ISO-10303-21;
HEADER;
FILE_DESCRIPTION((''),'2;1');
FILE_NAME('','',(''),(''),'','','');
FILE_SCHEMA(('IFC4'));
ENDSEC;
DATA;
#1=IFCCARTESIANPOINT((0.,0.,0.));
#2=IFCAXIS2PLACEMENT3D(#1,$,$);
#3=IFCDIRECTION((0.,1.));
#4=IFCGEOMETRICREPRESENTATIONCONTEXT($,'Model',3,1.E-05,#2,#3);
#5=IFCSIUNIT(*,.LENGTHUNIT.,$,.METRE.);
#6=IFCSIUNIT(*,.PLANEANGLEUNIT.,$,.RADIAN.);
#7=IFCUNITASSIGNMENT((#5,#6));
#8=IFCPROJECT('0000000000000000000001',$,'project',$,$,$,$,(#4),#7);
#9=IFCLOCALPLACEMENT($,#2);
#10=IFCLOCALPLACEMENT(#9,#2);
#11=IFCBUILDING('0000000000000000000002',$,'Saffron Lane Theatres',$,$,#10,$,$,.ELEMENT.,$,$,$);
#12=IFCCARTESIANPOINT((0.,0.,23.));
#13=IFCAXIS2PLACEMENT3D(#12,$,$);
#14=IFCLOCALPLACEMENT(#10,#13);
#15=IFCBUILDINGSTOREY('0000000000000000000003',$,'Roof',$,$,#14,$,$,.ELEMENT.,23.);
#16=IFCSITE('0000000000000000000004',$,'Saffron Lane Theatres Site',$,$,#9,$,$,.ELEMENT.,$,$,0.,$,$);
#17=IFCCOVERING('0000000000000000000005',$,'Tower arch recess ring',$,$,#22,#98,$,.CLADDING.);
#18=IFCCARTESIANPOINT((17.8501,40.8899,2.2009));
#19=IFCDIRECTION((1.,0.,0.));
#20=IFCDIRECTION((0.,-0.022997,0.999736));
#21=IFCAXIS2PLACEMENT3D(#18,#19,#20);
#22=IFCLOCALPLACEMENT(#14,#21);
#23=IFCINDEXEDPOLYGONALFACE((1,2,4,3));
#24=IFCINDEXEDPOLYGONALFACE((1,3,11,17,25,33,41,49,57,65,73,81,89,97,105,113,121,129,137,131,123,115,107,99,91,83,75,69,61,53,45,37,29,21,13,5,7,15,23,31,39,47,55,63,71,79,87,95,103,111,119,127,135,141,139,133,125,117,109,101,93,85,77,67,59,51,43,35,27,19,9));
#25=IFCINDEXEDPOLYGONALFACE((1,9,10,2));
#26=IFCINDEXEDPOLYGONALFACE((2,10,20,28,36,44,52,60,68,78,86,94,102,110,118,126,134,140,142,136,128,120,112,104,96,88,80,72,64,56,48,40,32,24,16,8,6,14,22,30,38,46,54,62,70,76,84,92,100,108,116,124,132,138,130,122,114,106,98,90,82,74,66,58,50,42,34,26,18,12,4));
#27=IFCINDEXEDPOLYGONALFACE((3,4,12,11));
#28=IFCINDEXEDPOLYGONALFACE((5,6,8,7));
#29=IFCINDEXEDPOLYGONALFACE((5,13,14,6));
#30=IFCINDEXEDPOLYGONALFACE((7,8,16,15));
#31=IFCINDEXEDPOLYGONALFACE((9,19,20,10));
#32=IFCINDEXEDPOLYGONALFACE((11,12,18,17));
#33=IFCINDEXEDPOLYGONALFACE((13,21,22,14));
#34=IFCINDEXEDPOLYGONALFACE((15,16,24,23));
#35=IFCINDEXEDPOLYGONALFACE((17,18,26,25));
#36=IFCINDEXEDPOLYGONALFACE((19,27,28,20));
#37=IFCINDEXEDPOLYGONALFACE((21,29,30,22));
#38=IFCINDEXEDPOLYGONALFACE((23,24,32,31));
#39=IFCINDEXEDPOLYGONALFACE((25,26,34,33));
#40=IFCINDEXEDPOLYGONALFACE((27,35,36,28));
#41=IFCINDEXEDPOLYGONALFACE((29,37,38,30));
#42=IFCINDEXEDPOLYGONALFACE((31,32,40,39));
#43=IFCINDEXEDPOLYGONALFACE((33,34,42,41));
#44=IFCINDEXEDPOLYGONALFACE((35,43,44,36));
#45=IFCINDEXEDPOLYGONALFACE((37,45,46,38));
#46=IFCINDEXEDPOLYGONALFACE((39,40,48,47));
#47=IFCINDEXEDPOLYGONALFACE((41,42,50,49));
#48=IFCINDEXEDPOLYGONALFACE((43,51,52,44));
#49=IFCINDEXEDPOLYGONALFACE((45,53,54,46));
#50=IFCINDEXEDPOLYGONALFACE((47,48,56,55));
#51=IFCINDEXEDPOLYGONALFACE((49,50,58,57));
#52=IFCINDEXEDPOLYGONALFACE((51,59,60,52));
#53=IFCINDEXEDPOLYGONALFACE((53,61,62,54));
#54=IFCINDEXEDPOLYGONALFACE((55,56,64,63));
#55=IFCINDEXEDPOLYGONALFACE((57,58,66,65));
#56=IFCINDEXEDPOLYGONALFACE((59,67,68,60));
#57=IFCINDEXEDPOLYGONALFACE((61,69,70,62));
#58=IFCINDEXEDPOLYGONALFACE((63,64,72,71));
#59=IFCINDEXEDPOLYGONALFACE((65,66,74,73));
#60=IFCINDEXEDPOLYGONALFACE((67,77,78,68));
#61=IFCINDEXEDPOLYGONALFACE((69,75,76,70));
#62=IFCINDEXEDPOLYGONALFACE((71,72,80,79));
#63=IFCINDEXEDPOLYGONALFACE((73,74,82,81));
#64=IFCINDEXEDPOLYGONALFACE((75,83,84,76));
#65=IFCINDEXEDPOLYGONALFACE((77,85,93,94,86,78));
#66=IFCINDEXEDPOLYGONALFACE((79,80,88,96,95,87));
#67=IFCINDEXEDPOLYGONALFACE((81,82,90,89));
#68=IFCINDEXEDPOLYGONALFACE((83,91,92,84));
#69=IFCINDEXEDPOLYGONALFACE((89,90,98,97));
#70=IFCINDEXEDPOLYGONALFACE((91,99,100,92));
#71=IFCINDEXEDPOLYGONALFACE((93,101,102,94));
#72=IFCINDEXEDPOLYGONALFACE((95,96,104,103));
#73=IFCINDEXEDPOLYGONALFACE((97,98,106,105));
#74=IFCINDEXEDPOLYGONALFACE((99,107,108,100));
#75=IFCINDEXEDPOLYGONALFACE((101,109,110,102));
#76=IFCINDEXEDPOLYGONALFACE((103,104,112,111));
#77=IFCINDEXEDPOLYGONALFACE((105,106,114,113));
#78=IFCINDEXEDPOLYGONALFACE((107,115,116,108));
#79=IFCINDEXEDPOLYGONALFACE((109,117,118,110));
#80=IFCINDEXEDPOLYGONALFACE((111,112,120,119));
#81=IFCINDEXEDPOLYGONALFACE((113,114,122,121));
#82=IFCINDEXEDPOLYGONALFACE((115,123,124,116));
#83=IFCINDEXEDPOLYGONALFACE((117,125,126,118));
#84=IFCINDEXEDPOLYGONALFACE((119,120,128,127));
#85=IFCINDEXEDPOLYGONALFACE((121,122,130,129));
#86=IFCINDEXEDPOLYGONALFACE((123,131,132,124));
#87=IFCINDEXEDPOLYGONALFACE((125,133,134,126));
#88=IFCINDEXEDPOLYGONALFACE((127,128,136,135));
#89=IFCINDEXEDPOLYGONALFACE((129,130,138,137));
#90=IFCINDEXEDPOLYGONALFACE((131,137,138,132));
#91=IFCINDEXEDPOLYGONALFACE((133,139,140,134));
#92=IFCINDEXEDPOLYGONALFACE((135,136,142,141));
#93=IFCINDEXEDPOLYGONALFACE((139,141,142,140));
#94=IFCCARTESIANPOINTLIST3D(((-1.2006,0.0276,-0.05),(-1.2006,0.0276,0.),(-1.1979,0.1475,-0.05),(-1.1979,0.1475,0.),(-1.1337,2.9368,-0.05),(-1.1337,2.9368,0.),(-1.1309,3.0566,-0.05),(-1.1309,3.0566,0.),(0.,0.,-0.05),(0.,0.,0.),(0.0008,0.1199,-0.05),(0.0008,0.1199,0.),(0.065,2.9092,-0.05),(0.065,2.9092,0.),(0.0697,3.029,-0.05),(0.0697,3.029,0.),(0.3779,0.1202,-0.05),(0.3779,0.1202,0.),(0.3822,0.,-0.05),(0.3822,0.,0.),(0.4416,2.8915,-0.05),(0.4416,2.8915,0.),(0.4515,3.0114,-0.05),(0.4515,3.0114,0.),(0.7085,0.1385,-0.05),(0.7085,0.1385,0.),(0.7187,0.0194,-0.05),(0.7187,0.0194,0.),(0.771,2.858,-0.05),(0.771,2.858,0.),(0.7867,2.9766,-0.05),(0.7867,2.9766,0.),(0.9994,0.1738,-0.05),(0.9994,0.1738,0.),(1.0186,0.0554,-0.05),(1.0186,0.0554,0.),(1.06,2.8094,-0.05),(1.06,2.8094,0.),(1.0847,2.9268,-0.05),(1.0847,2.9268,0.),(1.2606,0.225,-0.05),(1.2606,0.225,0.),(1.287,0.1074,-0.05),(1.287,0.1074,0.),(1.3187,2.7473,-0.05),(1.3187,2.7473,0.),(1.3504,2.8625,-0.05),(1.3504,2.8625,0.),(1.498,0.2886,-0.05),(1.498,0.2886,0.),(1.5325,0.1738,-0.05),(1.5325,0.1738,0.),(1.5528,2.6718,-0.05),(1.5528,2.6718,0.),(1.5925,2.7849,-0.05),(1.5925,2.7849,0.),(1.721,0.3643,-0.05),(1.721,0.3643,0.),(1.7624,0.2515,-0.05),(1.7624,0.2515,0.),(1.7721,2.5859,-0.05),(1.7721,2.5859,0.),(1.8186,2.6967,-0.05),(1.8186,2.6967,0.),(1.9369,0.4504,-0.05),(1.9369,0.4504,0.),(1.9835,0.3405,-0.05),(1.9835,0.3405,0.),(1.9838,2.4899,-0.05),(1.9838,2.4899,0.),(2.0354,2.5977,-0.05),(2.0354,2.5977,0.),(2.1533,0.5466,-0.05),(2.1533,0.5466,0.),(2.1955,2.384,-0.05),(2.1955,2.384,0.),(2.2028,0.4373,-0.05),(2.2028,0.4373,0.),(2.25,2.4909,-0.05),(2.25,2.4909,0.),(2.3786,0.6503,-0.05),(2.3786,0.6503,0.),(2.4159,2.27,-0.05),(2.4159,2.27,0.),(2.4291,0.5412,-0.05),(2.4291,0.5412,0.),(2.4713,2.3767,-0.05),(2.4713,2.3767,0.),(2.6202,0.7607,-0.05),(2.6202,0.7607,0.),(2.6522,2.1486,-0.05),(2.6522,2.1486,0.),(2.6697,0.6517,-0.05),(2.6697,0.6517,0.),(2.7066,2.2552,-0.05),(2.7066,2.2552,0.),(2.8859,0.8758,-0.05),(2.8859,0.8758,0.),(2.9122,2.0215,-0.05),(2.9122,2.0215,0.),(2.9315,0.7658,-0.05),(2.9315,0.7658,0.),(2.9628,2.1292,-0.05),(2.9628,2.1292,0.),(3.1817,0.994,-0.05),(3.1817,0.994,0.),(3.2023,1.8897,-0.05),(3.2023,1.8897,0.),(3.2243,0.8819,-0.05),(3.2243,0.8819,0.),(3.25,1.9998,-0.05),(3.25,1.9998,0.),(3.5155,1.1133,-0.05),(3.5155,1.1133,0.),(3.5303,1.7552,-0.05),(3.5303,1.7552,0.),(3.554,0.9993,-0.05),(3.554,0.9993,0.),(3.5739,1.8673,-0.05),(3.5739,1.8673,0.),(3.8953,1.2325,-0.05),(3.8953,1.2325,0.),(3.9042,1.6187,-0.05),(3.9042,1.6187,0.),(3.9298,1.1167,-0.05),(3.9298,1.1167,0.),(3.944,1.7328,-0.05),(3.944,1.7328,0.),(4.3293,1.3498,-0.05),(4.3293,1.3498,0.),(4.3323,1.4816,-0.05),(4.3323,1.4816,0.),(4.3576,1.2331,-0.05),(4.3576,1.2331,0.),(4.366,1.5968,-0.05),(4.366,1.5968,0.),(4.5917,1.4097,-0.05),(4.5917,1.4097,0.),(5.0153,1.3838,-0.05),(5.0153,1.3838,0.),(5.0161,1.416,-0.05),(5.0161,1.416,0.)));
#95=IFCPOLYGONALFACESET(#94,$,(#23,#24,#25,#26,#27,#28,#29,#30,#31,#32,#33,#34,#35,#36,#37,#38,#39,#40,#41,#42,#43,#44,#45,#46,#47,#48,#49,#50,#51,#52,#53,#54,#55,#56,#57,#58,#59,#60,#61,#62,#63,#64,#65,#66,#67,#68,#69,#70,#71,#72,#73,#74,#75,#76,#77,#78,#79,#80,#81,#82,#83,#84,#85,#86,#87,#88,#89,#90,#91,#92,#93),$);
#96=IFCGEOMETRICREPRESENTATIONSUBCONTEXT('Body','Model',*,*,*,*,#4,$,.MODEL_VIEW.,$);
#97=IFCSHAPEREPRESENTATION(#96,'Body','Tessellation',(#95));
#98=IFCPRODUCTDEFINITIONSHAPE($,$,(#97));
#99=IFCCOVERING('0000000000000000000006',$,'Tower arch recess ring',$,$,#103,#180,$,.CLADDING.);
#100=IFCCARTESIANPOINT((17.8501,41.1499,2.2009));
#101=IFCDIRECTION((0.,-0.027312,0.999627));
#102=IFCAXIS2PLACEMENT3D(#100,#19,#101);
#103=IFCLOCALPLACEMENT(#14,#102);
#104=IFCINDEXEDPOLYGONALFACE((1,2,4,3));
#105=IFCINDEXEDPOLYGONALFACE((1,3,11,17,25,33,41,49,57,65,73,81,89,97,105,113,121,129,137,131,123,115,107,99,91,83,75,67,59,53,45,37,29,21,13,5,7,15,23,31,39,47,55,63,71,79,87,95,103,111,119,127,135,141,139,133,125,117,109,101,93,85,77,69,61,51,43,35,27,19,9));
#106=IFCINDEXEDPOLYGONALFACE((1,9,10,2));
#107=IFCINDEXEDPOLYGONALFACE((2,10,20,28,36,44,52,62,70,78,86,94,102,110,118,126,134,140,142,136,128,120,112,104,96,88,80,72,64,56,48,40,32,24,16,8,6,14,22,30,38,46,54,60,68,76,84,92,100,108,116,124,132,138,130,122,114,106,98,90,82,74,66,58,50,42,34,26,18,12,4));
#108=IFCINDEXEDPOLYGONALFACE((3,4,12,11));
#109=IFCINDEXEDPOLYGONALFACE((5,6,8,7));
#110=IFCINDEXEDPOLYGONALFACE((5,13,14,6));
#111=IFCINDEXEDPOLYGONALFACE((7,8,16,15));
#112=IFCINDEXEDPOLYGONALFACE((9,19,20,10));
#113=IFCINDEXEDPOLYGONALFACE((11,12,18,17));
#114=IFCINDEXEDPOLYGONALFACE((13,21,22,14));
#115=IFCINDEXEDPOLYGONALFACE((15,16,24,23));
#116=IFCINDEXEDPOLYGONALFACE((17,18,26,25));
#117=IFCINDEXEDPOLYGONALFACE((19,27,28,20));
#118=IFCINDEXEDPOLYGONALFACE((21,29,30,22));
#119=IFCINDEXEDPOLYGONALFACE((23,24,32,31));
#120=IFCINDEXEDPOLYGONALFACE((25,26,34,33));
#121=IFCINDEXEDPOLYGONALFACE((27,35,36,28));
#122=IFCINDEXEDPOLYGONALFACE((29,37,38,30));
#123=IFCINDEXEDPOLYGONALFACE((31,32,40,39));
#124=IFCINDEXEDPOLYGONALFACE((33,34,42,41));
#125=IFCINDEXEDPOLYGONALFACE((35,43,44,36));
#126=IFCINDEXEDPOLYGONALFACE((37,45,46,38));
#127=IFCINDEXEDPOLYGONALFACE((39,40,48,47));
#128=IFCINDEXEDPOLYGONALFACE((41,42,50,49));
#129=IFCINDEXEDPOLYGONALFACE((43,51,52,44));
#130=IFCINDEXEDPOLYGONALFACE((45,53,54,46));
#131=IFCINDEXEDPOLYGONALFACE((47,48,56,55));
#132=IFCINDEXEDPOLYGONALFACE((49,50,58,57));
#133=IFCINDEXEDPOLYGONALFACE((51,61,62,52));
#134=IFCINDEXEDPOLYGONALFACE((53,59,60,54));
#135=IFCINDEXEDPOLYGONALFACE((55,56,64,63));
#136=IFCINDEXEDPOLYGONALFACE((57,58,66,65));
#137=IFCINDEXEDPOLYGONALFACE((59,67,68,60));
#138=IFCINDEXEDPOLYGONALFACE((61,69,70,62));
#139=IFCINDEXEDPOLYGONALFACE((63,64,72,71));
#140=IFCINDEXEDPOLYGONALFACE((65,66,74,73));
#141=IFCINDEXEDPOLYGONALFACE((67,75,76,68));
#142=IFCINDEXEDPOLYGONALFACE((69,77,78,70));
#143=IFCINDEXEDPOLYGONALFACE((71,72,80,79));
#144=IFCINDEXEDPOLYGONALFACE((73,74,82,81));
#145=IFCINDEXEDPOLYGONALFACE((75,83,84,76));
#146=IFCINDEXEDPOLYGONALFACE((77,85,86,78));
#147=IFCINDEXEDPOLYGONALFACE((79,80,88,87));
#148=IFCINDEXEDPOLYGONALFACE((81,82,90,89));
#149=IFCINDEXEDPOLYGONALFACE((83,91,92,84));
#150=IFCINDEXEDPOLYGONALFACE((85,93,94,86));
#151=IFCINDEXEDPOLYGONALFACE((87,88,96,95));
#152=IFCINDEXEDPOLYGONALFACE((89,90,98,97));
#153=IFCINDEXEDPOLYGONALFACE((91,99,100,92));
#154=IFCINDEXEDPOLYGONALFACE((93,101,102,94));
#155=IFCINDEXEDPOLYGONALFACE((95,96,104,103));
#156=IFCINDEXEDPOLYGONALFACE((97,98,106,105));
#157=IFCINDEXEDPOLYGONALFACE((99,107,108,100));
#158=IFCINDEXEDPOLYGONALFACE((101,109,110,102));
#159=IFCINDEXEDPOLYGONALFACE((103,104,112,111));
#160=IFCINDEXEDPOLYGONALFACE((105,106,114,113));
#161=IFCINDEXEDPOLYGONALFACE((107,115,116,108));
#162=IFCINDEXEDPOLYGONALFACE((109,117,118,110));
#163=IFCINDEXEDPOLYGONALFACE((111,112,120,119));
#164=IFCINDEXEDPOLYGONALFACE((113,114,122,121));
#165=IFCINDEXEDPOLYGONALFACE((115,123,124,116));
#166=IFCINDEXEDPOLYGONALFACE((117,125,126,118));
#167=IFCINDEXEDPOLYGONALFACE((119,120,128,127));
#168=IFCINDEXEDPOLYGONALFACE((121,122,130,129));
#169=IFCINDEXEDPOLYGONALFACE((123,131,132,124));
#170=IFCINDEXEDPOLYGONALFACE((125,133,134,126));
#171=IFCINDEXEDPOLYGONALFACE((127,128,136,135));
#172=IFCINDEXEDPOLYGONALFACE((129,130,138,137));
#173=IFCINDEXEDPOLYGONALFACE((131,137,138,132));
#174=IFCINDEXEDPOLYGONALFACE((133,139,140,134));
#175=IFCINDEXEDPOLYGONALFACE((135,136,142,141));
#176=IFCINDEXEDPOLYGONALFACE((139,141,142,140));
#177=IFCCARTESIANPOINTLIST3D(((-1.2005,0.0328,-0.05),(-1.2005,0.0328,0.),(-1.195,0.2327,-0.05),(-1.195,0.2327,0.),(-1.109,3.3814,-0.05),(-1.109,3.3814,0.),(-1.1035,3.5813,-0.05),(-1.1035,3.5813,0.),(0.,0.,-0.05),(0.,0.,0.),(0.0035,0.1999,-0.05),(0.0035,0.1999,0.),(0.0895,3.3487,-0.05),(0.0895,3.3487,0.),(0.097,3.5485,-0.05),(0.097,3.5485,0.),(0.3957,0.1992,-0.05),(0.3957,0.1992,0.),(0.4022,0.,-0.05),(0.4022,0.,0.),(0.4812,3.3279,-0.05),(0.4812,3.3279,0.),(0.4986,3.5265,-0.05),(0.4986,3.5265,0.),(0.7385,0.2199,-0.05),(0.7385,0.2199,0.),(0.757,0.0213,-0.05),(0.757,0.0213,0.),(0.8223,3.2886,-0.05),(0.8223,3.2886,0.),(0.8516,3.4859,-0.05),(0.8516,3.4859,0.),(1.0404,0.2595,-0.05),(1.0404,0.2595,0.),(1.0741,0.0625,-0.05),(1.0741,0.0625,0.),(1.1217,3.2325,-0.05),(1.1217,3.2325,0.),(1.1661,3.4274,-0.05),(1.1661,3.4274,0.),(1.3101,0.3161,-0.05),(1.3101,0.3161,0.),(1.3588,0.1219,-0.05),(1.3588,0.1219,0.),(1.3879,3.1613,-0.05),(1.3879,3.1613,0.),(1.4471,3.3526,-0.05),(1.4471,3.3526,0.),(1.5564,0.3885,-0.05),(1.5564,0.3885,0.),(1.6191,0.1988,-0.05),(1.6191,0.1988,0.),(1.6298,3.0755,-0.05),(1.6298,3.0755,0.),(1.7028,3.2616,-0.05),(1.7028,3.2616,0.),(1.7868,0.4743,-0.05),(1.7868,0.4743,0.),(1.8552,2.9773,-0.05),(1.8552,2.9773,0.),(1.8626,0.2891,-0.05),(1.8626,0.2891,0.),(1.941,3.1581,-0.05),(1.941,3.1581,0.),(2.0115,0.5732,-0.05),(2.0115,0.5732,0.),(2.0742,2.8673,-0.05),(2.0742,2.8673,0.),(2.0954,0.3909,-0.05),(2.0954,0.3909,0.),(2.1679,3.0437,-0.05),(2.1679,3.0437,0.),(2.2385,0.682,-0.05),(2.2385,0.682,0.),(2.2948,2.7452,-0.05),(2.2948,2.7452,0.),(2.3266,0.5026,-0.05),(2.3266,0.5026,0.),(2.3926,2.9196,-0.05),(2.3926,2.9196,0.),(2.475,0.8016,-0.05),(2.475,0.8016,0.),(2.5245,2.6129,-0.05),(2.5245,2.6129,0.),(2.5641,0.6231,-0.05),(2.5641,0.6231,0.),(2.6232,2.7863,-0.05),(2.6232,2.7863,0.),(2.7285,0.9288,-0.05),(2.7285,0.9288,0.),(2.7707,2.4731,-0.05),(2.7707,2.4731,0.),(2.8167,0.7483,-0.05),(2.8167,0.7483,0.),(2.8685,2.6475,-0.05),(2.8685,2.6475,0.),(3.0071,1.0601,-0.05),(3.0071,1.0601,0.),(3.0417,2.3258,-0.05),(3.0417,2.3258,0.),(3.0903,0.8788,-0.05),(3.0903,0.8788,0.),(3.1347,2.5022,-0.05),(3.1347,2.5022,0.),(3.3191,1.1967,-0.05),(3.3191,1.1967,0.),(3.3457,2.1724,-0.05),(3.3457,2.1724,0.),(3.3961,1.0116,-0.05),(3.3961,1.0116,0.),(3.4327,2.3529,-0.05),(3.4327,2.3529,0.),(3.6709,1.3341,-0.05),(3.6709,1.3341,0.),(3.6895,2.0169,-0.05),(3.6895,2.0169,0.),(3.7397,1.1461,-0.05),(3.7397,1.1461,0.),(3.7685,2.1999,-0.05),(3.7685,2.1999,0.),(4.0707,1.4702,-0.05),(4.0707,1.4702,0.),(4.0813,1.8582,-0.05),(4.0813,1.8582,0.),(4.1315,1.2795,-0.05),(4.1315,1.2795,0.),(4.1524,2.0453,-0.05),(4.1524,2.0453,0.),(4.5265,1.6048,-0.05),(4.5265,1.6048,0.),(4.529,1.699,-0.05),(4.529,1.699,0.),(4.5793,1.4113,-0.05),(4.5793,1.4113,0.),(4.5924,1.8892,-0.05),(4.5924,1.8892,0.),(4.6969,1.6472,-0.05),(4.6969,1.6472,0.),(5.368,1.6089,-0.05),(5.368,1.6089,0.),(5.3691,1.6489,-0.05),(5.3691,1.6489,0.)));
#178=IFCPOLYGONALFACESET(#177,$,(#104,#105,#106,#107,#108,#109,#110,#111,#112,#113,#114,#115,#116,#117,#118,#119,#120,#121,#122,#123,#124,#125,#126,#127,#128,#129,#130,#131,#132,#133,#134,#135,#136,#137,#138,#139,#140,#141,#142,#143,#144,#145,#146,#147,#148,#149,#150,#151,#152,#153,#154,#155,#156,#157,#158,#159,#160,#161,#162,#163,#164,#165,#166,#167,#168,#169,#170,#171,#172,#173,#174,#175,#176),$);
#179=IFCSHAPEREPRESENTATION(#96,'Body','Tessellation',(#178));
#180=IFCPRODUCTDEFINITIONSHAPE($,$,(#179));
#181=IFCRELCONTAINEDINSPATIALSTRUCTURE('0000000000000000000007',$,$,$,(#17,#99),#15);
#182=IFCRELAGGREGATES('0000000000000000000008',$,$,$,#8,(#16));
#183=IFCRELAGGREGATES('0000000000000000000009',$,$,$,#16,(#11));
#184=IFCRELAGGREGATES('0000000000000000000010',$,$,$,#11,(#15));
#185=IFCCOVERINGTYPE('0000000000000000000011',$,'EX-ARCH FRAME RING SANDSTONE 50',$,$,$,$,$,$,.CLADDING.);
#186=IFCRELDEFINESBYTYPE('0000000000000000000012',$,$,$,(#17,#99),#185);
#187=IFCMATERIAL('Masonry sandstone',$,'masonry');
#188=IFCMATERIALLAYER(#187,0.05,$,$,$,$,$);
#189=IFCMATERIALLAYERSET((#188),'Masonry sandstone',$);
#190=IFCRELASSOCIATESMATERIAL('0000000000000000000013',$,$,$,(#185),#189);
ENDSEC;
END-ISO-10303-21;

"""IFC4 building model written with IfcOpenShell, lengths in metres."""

from ifc_helpers import new_model, si_unit, direction, frame, origin, place, context, subcontext, project, spatial, polyline, outline, extrude, material, layer, layer_set, type_object, element, save


model = new_model("IFC4")

# Units and contexts
model_context = context("Model", 3, precision=1e-05, world=origin(), true_north=direction((0.0, 1.0)))
body_context = subcontext(model_context, "Body", "Model", "MODEL_VIEW")
ifc_project = project(units=[si_unit("LENGTHUNIT", "METRE"), si_unit("PLANEANGLEUNIT", "RADIAN")], contexts=[model_context])

# Site, building, storey
site_placement = place(None, origin())
site = spatial("IfcSite", under=ifc_project, at=site_placement, Name="Saffron Lane Theatres Site", CompositionType="ELEMENT", RefElevation=0.0)
building_placement = place(site_placement, origin())
building = spatial("IfcBuilding", under=site, at=building_placement, Name="Saffron Lane Theatres", CompositionType="ELEMENT")
storey_placement = place(building_placement, frame((0.0, 0.0, 23.0)))
storey = spatial("IfcBuildingStorey", under=building, at=storey_placement, Name="Roof", CompositionType="ELEMENT", Elevation=23.0)

# Coverings
ifc_material_1 = material(Name="Masonry sandstone", Category="masonry")
ifc_layer_1 = layer(ifc_material_1, 0.05)
ifc_layer_set_1 = layer_set([ifc_layer_1], Name="Masonry sandstone")
covering_type_1 = type_object("IfcCoveringType", Name="EX-ARCH FRAME RING SANDSTONE 50", PredefinedType="CLADDING", material=ifc_layer_set_1)
covering_1_placement = place(storey_placement, frame((17.8501, 40.8899, 2.2009), z_axis=(1.0, 0.0, 0.0), x_axis=(0.0, -0.022997, 0.999736)))
element("IfcCovering", 1, at=covering_1_placement, inside=storey, type_object=covering_type_1, Name="Tower arch recess ring", PredefinedType="CLADDING", context=body_context, shape_type="SweptSolid", body=[
    extrude(outline(polyline([(0.0, 0.0), (0.3822, 0.0), (0.7187, 0.0194), (1.0186, 0.0554), (1.287, 0.1074), (1.5325, 0.1738), (1.7624, 0.2515), (1.9835, 0.3405), (2.2028, 0.4373), (2.4291, 0.5412), (2.6697, 0.6517), (2.9315, 0.7658), (3.2243, 0.8819), (3.554, 0.9993), (3.9298, 1.1167), (4.3576, 1.2331), (5.0153, 1.3838), (5.0161, 1.416), (4.366, 1.5968), (3.944, 1.7328), (3.5739, 1.8673), (3.25, 1.9998), (2.9628, 2.1292), (2.7066, 2.2552), (2.4713, 2.3767), (2.25, 2.4909), (2.0354, 2.5977), (1.8186, 2.6967), (1.5925, 2.7849), (1.3504, 2.8625), (1.0847, 2.9268), (0.7867, 2.9766), (0.4515, 3.0114), (0.0697, 3.029), (-1.1309, 3.0566), (-1.1337, 2.9368), (0.065, 2.9092), (0.4416, 2.8915), (0.771, 2.858), (1.06, 2.8094), (1.3187, 2.7473), (1.5528, 2.6718), (1.7721, 2.5859), (1.9838, 2.4899), (2.1955, 2.384), (2.4159, 2.27), (2.6522, 2.1486), (2.9122, 2.0215), (3.2023, 1.8897), (3.5303, 1.7552), (3.9042, 1.6187), (4.3323, 1.4816), (4.5917, 1.4097), (4.3293, 1.3498), (3.8953, 1.2325), (3.5155, 1.1133), (3.1817, 0.994), (2.8859, 0.8758), (2.6202, 0.7607), (2.3786, 0.6503), (2.1533, 0.5466), (1.9369, 0.4504), (1.721, 0.3643), (1.498, 0.2886), (1.2606, 0.225), (0.9994, 0.1738), (0.7085, 0.1385), (0.3779, 0.1202), (0.0008, 0.1199), (-1.1979, 0.1475), (-1.2006, 0.0276), (0.0, 0.0)])), origin(), (0.0, 0.0, -1.0), 0.05),
])
covering_2_placement = place(storey_placement, frame((17.8501, 41.1499, 2.2009), z_axis=(1.0, 0.0, 0.0), x_axis=(0.0, -0.027312, 0.999627)))
element("IfcCovering", 2, at=covering_2_placement, inside=storey, type_object=covering_type_1, Name="Tower arch recess ring", PredefinedType="CLADDING", context=body_context, shape_type="SweptSolid", body=[
    extrude(outline(polyline([(0.0, 0.0), (0.4022, 0.0), (0.757, 0.0213), (1.0741, 0.0625), (1.3588, 0.1219), (1.6191, 0.1988), (1.8626, 0.2891), (2.0954, 0.3909), (2.3266, 0.5026), (2.5641, 0.6231), (2.8167, 0.7483), (3.0903, 0.8788), (3.3961, 1.0116), (3.7397, 1.1461), (4.1315, 1.2795), (4.5793, 1.4113), (5.368, 1.6089), (5.3691, 1.6489), (4.5924, 1.8892), (4.1524, 2.0453), (3.7685, 2.1999), (3.4327, 2.3529), (3.1347, 2.5022), (2.8685, 2.6475), (2.6232, 2.7863), (2.3926, 2.9196), (2.1679, 3.0437), (1.941, 3.1581), (1.7028, 3.2616), (1.4471, 3.3526), (1.1661, 3.4274), (0.8516, 3.4859), (0.4986, 3.5265), (0.097, 3.5485), (-1.1035, 3.5813), (-1.109, 3.3814), (0.0895, 3.3487), (0.4812, 3.3279), (0.8223, 3.2886), (1.1217, 3.2325), (1.3879, 3.1613), (1.6298, 3.0755), (1.8552, 2.9773), (2.0742, 2.8673), (2.2948, 2.7452), (2.5245, 2.6129), (2.7707, 2.4731), (3.0417, 2.3258), (3.3457, 2.1724), (3.6895, 2.0169), (4.0813, 1.8582), (4.529, 1.699), (4.6969, 1.6472), (4.5265, 1.6048), (4.0707, 1.4702), (3.6709, 1.3341), (3.3191, 1.1967), (3.0071, 1.0601), (2.7285, 0.9288), (2.475, 0.8016), (2.2385, 0.682), (2.0115, 0.5732), (1.7868, 0.4743), (1.5564, 0.3885), (1.3101, 0.3161), (1.0404, 0.2595), (0.7385, 0.2199), (0.3957, 0.1992), (0.0035, 0.1999), (-1.195, 0.2327), (-1.2005, 0.0328), (0.0, 0.0)])), origin(), (0.0, 0.0, -1.0), 0.05),
])

save(model, "model.ifc")
